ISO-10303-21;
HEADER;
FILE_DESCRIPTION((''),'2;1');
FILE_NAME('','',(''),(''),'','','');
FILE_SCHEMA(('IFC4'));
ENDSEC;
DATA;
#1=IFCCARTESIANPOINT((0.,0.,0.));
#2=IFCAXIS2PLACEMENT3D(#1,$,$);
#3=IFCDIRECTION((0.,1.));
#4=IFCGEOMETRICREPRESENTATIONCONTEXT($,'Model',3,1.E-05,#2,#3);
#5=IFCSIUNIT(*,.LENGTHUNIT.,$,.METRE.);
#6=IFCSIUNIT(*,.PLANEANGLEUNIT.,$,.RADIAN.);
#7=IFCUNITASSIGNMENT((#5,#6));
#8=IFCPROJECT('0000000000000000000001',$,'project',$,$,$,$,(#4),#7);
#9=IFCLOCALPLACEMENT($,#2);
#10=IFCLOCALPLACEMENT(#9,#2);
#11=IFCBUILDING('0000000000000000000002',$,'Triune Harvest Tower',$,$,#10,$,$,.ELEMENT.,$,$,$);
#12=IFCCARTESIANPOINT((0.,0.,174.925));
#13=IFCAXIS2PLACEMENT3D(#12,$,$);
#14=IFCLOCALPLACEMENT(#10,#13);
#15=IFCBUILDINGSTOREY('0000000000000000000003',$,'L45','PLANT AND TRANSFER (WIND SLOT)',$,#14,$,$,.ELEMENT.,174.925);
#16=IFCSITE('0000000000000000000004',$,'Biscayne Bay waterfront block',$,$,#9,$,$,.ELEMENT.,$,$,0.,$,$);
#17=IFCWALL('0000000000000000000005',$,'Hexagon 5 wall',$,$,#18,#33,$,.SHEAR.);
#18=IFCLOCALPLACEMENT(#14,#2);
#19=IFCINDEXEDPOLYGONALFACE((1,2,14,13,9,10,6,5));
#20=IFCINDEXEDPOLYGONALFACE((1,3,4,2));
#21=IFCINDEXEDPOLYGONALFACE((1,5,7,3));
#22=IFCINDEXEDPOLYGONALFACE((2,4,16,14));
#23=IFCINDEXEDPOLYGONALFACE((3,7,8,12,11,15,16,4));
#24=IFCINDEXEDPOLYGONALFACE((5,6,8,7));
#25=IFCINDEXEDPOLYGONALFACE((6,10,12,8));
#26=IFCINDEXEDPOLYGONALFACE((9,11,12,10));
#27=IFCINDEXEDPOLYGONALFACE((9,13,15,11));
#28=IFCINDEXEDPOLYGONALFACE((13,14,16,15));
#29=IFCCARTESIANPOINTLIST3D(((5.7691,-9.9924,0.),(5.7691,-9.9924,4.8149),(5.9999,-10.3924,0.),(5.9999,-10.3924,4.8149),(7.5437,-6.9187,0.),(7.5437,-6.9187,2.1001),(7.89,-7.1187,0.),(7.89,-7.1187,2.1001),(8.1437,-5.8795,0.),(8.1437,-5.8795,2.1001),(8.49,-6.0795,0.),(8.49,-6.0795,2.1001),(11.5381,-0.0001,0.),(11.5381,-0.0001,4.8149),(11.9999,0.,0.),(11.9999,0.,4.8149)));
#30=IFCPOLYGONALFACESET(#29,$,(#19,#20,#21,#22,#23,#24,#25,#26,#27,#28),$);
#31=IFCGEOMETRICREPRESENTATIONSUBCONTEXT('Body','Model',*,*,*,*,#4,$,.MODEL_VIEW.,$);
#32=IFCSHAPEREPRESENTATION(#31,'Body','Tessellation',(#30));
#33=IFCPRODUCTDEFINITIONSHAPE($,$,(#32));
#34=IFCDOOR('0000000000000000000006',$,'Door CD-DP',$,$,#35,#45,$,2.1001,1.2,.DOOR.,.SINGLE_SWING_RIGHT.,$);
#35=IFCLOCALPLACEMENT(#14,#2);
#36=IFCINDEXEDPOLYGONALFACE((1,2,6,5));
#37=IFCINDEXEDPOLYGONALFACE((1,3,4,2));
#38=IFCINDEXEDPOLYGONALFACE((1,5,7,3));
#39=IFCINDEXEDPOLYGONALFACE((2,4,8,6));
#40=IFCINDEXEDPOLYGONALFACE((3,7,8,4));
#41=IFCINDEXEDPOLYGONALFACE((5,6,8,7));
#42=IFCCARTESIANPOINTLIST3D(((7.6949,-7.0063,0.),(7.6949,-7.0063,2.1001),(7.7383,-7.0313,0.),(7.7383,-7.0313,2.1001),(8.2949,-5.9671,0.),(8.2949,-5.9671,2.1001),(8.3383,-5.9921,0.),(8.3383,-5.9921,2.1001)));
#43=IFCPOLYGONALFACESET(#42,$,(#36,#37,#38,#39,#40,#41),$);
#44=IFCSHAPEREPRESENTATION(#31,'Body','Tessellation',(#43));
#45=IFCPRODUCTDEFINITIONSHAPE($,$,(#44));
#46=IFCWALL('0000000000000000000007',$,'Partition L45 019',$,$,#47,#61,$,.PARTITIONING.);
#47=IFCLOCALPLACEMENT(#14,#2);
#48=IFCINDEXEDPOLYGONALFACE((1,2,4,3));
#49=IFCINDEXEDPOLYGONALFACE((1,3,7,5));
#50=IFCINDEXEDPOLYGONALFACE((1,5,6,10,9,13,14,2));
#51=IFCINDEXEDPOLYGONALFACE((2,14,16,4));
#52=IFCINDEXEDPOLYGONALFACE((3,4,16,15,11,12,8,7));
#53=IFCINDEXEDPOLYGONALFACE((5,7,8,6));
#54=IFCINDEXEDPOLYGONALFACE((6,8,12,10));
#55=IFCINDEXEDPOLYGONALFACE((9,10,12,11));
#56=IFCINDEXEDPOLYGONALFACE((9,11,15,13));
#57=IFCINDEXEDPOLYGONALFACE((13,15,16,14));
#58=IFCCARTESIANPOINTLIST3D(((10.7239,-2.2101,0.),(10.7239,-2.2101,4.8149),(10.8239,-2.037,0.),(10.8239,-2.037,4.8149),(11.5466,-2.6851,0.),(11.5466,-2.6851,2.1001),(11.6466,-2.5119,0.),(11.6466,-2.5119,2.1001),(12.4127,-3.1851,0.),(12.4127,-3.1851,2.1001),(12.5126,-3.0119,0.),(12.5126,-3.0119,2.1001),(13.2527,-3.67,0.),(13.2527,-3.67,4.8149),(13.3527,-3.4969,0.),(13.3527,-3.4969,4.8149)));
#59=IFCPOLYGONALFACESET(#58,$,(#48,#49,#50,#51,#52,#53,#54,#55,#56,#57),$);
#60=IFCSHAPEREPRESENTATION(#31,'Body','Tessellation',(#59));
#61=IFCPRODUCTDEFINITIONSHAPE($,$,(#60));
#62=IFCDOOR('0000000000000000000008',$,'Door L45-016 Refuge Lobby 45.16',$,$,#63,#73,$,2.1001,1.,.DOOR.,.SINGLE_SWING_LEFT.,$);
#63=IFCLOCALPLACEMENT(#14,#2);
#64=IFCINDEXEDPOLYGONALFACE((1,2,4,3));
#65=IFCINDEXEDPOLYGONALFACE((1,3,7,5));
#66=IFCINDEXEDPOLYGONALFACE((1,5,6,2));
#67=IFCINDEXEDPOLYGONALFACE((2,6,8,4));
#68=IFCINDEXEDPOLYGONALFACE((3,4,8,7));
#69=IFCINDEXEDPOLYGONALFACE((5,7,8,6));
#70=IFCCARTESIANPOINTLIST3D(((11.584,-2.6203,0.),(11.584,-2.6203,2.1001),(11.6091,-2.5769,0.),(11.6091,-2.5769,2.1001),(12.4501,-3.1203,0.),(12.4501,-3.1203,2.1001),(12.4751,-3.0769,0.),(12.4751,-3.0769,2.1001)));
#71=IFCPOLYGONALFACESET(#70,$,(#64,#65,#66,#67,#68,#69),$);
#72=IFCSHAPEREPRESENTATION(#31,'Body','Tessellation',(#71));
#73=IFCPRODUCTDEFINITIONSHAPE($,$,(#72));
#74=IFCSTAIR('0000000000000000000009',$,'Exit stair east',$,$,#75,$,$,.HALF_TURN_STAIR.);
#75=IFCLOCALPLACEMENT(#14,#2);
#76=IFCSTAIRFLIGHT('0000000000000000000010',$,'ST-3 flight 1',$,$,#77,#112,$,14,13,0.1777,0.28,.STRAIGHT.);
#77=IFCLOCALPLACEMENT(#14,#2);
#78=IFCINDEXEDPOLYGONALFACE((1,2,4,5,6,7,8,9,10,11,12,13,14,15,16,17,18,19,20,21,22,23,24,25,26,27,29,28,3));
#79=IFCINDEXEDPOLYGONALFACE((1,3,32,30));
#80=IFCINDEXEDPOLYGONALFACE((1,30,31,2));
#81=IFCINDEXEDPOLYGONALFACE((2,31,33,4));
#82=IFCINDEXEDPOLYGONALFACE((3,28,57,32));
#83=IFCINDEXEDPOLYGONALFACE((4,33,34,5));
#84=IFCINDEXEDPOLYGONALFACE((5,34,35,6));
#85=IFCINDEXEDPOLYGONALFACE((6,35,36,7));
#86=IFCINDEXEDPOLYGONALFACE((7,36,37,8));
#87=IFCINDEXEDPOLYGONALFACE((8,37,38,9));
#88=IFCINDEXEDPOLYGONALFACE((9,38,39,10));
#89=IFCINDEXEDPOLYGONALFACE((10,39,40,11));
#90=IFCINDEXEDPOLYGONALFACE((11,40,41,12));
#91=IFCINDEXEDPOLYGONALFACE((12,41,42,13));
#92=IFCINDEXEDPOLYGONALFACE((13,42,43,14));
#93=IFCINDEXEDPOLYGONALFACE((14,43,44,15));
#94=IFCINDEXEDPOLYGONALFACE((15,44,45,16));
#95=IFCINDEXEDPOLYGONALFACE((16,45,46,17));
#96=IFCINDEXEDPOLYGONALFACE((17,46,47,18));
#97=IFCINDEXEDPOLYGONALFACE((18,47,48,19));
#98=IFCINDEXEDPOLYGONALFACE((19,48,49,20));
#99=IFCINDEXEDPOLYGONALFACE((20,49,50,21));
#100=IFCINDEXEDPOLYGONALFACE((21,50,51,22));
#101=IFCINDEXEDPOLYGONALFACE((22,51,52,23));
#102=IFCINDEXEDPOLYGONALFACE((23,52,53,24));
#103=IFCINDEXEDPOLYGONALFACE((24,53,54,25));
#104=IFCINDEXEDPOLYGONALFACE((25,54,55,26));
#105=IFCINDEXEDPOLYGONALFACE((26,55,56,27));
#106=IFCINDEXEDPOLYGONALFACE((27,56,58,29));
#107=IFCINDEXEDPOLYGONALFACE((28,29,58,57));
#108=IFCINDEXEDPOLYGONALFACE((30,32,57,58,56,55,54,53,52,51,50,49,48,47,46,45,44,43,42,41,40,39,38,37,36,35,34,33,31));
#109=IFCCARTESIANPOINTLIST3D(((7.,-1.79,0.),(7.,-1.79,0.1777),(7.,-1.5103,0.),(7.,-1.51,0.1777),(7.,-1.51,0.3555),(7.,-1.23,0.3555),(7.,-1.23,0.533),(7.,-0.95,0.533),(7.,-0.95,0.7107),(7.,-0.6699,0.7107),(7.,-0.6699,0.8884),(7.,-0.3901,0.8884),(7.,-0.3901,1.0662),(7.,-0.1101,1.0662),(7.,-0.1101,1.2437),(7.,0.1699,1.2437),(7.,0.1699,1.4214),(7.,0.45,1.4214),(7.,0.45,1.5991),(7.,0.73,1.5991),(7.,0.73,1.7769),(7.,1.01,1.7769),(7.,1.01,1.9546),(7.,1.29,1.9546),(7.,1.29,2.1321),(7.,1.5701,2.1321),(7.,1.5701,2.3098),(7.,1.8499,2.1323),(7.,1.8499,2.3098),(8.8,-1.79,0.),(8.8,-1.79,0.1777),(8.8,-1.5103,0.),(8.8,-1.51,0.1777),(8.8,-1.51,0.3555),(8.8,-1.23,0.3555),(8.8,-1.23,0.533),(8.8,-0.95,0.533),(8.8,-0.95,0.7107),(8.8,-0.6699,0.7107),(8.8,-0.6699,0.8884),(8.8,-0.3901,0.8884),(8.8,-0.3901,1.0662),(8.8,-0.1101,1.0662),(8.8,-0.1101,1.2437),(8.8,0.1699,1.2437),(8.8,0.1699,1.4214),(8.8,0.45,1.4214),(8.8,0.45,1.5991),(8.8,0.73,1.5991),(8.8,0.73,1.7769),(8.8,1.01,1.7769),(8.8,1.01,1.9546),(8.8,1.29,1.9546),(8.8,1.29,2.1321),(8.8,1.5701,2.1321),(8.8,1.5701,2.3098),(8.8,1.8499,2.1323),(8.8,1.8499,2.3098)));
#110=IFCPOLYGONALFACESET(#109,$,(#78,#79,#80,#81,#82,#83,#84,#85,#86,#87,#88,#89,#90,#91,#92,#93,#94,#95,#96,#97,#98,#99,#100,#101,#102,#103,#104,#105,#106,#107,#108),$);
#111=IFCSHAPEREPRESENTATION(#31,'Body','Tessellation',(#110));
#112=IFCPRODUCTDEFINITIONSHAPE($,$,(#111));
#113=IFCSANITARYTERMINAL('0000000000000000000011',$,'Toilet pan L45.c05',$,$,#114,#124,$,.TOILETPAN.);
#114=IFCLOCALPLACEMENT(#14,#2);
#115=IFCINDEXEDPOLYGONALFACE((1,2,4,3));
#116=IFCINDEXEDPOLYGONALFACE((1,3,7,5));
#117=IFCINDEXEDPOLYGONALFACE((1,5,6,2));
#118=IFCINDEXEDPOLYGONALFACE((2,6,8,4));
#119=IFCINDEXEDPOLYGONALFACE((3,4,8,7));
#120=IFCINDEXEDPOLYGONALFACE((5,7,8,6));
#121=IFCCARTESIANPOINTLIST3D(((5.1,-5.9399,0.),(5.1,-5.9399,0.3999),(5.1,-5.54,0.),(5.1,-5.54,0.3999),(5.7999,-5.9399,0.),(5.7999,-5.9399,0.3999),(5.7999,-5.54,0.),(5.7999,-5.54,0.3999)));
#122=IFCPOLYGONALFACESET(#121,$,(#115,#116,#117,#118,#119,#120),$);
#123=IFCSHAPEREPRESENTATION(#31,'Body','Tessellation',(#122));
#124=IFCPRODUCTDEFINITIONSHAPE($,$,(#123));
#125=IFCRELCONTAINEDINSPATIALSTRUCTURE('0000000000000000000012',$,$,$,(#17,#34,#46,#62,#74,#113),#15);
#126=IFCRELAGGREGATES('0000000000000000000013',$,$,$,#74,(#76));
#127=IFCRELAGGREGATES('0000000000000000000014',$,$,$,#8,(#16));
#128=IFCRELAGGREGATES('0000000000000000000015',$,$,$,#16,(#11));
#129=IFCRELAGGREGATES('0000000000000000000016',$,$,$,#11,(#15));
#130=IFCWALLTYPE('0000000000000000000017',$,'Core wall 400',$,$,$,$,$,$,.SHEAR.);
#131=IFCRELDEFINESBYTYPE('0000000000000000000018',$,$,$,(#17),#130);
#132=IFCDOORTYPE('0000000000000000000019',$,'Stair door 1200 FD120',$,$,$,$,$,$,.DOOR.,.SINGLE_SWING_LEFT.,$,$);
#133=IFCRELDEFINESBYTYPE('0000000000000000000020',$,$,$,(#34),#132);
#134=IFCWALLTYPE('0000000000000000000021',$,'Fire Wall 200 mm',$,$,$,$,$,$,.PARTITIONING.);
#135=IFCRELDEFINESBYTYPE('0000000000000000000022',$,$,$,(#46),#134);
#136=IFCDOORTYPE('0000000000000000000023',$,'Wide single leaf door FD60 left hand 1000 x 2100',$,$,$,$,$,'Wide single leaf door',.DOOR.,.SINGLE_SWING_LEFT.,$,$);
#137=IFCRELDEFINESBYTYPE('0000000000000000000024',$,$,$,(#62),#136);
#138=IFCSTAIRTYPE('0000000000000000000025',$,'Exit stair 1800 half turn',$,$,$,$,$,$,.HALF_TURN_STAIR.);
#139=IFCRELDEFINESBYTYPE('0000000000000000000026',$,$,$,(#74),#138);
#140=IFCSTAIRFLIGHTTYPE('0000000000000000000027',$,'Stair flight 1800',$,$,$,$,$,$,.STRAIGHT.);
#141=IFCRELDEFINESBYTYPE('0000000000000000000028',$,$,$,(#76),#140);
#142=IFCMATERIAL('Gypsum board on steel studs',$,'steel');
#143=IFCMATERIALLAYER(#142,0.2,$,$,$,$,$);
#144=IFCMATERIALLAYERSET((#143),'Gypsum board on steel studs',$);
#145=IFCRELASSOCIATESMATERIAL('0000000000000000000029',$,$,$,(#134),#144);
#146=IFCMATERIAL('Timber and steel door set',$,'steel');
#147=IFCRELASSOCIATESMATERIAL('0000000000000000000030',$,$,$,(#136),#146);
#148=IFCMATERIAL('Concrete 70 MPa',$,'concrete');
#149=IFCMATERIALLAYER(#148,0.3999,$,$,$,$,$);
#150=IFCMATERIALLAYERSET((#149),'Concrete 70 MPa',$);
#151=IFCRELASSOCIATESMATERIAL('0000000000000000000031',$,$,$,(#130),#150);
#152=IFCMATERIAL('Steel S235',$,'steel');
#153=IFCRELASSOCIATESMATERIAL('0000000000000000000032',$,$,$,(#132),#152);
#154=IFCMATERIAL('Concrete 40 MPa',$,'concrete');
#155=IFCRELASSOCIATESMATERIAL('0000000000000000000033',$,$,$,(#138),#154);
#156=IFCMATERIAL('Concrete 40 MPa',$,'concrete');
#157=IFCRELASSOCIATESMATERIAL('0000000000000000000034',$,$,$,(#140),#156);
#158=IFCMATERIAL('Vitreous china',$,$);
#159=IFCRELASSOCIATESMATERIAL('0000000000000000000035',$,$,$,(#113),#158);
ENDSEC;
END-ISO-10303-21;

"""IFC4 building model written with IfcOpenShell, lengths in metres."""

from ifc_helpers import new_model, si_unit, direction, frame, frame_2d, origin, origin_2d, place, context, subcontext, project, spatial, polyline, rectangle, outline, extrude, source, transform, mapped, material, layer, layer_set, type_object, element, fill, aggregate, save


model = new_model("IFC4")

# Units and contexts
model_context = context("Model", 3, precision=1e-05, world=origin(), true_north=direction((0.0, 1.0)))
body_context = subcontext(model_context, "Body", "Model", "MODEL_VIEW")
ifc_project = project(units=[si_unit("LENGTHUNIT", "METRE"), si_unit("PLANEANGLEUNIT", "RADIAN")], contexts=[model_context])

# Site, building, storey
site_placement = place(None, origin())
site = spatial("IfcSite", under=ifc_project, at=site_placement, Name="Biscayne Bay waterfront block", CompositionType="ELEMENT", RefElevation=0.0)
building_placement = place(site_placement, origin())
building = spatial("IfcBuilding", under=site, at=building_placement, Name="Triune Harvest Tower", CompositionType="ELEMENT")
storey_placement = place(building_placement, frame((0.0, 0.0, 174.925)))
storey = spatial("IfcBuildingStorey", under=building, at=storey_placement, Name="L45", Description="PLANT AND TRANSFER (WIND SLOT)", CompositionType="ELEMENT", Elevation=174.925)

# Shared definitions
ifc_material_1 = material(Name="Gypsum board on steel studs", Category="steel")
ifc_layer_1 = layer(ifc_material_1, 0.2)
ifc_layer_set_1 = layer_set([ifc_layer_1], Name="Gypsum board on steel studs")
wall_type_1 = type_object("IfcWallType", Name="Fire Wall 200 mm", PredefinedType="PARTITIONING", material=ifc_layer_set_1)
ifc_material_2 = material(Name="Timber and steel door set", Category="steel")
door_type_1 = type_object("IfcDoorType", Name="Wide single leaf door FD60 left hand 1000 x 2100", ElementType="Wide single leaf door", OperationType="SINGLE_SWING_LEFT", PredefinedType="DOOR", material=ifc_material_2)

# Walls, openings, doors
ifc_material_3 = material(Name="Concrete 70 MPa", Category="concrete")
ifc_layer_2 = layer(ifc_material_3, 0.3999)
ifc_layer_set_2 = layer_set([ifc_layer_2], Name="Concrete 70 MPa")
wall_type_2 = type_object("IfcWallType", Name="Core wall 400", PredefinedType="SHEAR", material=ifc_layer_set_2)
shared_shape_1 = source(origin(), body_context, "Body", "SweptSolid", [
    extrude(outline(polyline([(-0.1155, -0.2), (11.8845, -0.2), (11.6536, 0.2), (0.1155, 0.2), (-0.1155, -0.2)])), origin(), (0.0, 0.0, 1.0), 4.8149),
])
wall_1_placement = place(storey_placement, frame((5.8845, -10.1924, 0.0), z_axis=(0.0, 0.0, 1.0), x_axis=(0.499997, 0.866027, 0.0)))
wall_1 = element("IfcWall", 1, at=wall_1_placement, inside=storey, type_object=wall_type_2, Name="Hexagon 5 wall", PredefinedType="SHEAR", context=body_context, shape_type="MappedRepresentation", body=[
    mapped(shared_shape_1, transform((0.0, 0.0, 0.0), scale=1.0)),
])
opening_1_placement = place(wall_1_placement, frame((3.6646, 0.0, 0.0)))
opening_1 = element("IfcOpeningElement", 2, at=opening_1_placement, cuts=wall_1, PredefinedType="OPENING", context=body_context, shape_type="SweptSolid", body=[
    extrude(rectangle(XDim=1.2, YDim=2.1001, at=frame_2d((0.6001, 1.05))), frame((0.0, 0.21, 0.0), z_axis=(0.0, -1.0, 0.0), x_axis=(1.0, 0.0, 0.0)), (0.0, 0.0, 1.0), 0.4199),
])
ifc_material_4 = material(Name="Steel S235", Category="steel")
door_type_2 = type_object("IfcDoorType", Name="Stair door 1200 FD120", OperationType="SINGLE_SWING_LEFT", PredefinedType="DOOR", material=ifc_material_4)
door_1_placement = place(opening_1_placement, frame((1.2, 0.0, 0.0), z_axis=(0.0, 0.0, 1.0), x_axis=(-1.0, 0.0, 0.0)))
door_1 = element("IfcDoor", 3, at=door_1_placement, inside=storey, type_object=door_type_2, Name="Door CD-DP", OperationType="SINGLE_SWING_RIGHT", OverallHeight=2.1001, OverallWidth=1.2, PredefinedType="DOOR", context=body_context, shape_type="SweptSolid", body=[
    extrude(rectangle(XDim=1.2, YDim=2.1001, at=frame_2d((0.6001, 1.05))), frame((0.0, 0.0249, 0.0), z_axis=(0.0, -1.0, 0.0), x_axis=(1.0, 0.0, 0.0)), (0.0, 0.0, 1.0), 0.05),
])
fill(opening_1, door_1)
shared_shape_2 = source(origin(), body_context, "Body", "SweptSolid", [
    extrude(rectangle(XDim=2.9199, YDim=0.2, at=frame_2d((1.46, 0.0))), origin(), (0.0, 0.0, 1.0), 4.8149),
])
wall_2_placement = place(storey_placement, frame((10.7739, -2.1235, 0.0), z_axis=(0.0, 0.0, 1.0), x_axis=(0.866032, -0.499988, 0.0)))
wall_2 = element("IfcWall", 4, at=wall_2_placement, inside=storey, type_object=wall_type_1, Name="Partition L45 019", PredefinedType="PARTITIONING", context=body_context, shape_type="MappedRepresentation", body=[
    mapped(shared_shape_2, transform((0.0, 0.0, 0.0), scale=1.0)),
])
opening_2_placement = place(wall_2_placement, frame((0.95, 0.0, 0.0)))
opening_2 = element("IfcOpeningElement", 5, at=opening_2_placement, cuts=wall_2, PredefinedType="OPENING", context=body_context, shape_type="SweptSolid", body=[
    extrude(rectangle(XDim=1.0, YDim=2.1001, at=frame_2d((0.5, 1.05))), frame((0.0, 0.1099, 0.0), z_axis=(0.0, -1.0, 0.0), x_axis=(1.0, 0.0, 0.0)), (0.0, 0.0, 1.0), 0.22),
])
door_2_placement = place(opening_2_placement, origin())
door_2 = element("IfcDoor", 6, at=door_2_placement, inside=storey, type_object=door_type_1, Name="Door L45-016 Refuge Lobby 45.16", OperationType="SINGLE_SWING_LEFT", OverallHeight=2.1001, OverallWidth=1.0, PredefinedType="DOOR", context=body_context, shape_type="SweptSolid", body=[
    extrude(rectangle(XDim=1.0, YDim=2.1001, at=frame_2d((0.5, 1.05))), frame((0.0, 0.0249, 0.0), z_axis=(0.0, -1.0, 0.0), x_axis=(1.0, 0.0, 0.0)), (0.0, 0.0, 1.0), 0.05),
])
fill(opening_2, door_2)

# Stair, stair flight
ifc_material_5 = material(Name="Concrete 40 MPa", Category="concrete")
stair_type = type_object("IfcStairType", Name="Exit stair 1800 half turn", PredefinedType="HALF_TURN_STAIR", material=ifc_material_5)
stair_placement = place(storey_placement, origin())
stair = element("IfcStair", 7, at=stair_placement, inside=storey, type_object=stair_type, Name="Exit stair east", PredefinedType="HALF_TURN_STAIR")
ifc_material_6 = material(Name="Concrete 40 MPa", Category="concrete")
stair_flight_type = type_object("IfcStairFlightType", Name="Stair flight 1800", PredefinedType="STRAIGHT", material=ifc_material_6)
shared_shape_3 = source(origin(), body_context, "Body", "SweptSolid", [
    extrude(outline(polyline([(0.0, 0.0), (0.0, 0.1777), (0.28, 0.1777), (0.28, 0.3555), (0.5601, 0.3555), (0.5601, 0.533), (0.8401, 0.533), (0.8401, 0.7107), (1.1201, 0.7107), (1.1201, 0.8884), (1.3999, 0.8884), (1.3999, 1.0662), (1.6799, 1.0662), (1.6799, 1.2437), (1.96, 1.2437), (1.96, 1.4214), (2.24, 1.4214), (2.24, 1.5991), (2.52, 1.5991), (2.52, 1.7769), (2.8, 1.7769), (2.8, 1.9546), (3.0801, 1.9546), (3.0801, 2.1321), (3.3601, 2.1321), (3.3601, 2.3098), (3.6399, 2.3098), (3.6399, 2.4875), (3.6399, 2.1323), (0.2798, 0.0), (0.0, 0.0)])), frame((0.0, 0.8999, 0.0), z_axis=(0.0, -1.0, 0.0), x_axis=(1.0, 0.0, 0.0)), (0.0, 0.0, 1.0), 1.8),
])
stair_flight_placement = place(storey_placement, frame((7.8999, -1.79, 0.0), z_axis=(0.0, 0.0, 1.0), x_axis=(0.0, 1.0, 0.0)))
stair_flight = element("IfcStairFlight", 8, at=stair_flight_placement, type_object=stair_flight_type, Name="ST-3 flight 1", NumberOfRisers=14, NumberOfTreads=13, PredefinedType="STRAIGHT", RiserHeight=0.1777, TreadLength=0.28, context=body_context, shape_type="MappedRepresentation", body=[
    mapped(shared_shape_3, transform((0.0, 0.0, 0.0), scale=1.0)),
])
aggregate(stair, [stair_flight])

# Sanitary terminal
ifc_material_7 = material(Name="Vitreous china")
shared_shape_4 = source(origin(), body_context, "Body", "SweptSolid", [
    extrude(rectangle(XDim=0.3999, YDim=0.7, at=origin_2d()), origin(), (0.0, 0.0, 1.0), 0.3999),
])
sanitary_terminal_placement = place(storey_placement, frame((5.45, -5.74, 0.0), z_axis=(0.0, 0.0, 1.0), x_axis=(0.0, 1.0, 0.0)))
element("IfcSanitaryTerminal", 9, at=sanitary_terminal_placement, inside=storey, material=ifc_material_7, Name="Toilet pan L45.c05", PredefinedType="TOILETPAN", context=body_context, shape_type="MappedRepresentation", body=[
    mapped(shared_shape_4, transform((0.0, 0.0, 0.0), scale=1.0)),
])

save(model, "model.ifc")
